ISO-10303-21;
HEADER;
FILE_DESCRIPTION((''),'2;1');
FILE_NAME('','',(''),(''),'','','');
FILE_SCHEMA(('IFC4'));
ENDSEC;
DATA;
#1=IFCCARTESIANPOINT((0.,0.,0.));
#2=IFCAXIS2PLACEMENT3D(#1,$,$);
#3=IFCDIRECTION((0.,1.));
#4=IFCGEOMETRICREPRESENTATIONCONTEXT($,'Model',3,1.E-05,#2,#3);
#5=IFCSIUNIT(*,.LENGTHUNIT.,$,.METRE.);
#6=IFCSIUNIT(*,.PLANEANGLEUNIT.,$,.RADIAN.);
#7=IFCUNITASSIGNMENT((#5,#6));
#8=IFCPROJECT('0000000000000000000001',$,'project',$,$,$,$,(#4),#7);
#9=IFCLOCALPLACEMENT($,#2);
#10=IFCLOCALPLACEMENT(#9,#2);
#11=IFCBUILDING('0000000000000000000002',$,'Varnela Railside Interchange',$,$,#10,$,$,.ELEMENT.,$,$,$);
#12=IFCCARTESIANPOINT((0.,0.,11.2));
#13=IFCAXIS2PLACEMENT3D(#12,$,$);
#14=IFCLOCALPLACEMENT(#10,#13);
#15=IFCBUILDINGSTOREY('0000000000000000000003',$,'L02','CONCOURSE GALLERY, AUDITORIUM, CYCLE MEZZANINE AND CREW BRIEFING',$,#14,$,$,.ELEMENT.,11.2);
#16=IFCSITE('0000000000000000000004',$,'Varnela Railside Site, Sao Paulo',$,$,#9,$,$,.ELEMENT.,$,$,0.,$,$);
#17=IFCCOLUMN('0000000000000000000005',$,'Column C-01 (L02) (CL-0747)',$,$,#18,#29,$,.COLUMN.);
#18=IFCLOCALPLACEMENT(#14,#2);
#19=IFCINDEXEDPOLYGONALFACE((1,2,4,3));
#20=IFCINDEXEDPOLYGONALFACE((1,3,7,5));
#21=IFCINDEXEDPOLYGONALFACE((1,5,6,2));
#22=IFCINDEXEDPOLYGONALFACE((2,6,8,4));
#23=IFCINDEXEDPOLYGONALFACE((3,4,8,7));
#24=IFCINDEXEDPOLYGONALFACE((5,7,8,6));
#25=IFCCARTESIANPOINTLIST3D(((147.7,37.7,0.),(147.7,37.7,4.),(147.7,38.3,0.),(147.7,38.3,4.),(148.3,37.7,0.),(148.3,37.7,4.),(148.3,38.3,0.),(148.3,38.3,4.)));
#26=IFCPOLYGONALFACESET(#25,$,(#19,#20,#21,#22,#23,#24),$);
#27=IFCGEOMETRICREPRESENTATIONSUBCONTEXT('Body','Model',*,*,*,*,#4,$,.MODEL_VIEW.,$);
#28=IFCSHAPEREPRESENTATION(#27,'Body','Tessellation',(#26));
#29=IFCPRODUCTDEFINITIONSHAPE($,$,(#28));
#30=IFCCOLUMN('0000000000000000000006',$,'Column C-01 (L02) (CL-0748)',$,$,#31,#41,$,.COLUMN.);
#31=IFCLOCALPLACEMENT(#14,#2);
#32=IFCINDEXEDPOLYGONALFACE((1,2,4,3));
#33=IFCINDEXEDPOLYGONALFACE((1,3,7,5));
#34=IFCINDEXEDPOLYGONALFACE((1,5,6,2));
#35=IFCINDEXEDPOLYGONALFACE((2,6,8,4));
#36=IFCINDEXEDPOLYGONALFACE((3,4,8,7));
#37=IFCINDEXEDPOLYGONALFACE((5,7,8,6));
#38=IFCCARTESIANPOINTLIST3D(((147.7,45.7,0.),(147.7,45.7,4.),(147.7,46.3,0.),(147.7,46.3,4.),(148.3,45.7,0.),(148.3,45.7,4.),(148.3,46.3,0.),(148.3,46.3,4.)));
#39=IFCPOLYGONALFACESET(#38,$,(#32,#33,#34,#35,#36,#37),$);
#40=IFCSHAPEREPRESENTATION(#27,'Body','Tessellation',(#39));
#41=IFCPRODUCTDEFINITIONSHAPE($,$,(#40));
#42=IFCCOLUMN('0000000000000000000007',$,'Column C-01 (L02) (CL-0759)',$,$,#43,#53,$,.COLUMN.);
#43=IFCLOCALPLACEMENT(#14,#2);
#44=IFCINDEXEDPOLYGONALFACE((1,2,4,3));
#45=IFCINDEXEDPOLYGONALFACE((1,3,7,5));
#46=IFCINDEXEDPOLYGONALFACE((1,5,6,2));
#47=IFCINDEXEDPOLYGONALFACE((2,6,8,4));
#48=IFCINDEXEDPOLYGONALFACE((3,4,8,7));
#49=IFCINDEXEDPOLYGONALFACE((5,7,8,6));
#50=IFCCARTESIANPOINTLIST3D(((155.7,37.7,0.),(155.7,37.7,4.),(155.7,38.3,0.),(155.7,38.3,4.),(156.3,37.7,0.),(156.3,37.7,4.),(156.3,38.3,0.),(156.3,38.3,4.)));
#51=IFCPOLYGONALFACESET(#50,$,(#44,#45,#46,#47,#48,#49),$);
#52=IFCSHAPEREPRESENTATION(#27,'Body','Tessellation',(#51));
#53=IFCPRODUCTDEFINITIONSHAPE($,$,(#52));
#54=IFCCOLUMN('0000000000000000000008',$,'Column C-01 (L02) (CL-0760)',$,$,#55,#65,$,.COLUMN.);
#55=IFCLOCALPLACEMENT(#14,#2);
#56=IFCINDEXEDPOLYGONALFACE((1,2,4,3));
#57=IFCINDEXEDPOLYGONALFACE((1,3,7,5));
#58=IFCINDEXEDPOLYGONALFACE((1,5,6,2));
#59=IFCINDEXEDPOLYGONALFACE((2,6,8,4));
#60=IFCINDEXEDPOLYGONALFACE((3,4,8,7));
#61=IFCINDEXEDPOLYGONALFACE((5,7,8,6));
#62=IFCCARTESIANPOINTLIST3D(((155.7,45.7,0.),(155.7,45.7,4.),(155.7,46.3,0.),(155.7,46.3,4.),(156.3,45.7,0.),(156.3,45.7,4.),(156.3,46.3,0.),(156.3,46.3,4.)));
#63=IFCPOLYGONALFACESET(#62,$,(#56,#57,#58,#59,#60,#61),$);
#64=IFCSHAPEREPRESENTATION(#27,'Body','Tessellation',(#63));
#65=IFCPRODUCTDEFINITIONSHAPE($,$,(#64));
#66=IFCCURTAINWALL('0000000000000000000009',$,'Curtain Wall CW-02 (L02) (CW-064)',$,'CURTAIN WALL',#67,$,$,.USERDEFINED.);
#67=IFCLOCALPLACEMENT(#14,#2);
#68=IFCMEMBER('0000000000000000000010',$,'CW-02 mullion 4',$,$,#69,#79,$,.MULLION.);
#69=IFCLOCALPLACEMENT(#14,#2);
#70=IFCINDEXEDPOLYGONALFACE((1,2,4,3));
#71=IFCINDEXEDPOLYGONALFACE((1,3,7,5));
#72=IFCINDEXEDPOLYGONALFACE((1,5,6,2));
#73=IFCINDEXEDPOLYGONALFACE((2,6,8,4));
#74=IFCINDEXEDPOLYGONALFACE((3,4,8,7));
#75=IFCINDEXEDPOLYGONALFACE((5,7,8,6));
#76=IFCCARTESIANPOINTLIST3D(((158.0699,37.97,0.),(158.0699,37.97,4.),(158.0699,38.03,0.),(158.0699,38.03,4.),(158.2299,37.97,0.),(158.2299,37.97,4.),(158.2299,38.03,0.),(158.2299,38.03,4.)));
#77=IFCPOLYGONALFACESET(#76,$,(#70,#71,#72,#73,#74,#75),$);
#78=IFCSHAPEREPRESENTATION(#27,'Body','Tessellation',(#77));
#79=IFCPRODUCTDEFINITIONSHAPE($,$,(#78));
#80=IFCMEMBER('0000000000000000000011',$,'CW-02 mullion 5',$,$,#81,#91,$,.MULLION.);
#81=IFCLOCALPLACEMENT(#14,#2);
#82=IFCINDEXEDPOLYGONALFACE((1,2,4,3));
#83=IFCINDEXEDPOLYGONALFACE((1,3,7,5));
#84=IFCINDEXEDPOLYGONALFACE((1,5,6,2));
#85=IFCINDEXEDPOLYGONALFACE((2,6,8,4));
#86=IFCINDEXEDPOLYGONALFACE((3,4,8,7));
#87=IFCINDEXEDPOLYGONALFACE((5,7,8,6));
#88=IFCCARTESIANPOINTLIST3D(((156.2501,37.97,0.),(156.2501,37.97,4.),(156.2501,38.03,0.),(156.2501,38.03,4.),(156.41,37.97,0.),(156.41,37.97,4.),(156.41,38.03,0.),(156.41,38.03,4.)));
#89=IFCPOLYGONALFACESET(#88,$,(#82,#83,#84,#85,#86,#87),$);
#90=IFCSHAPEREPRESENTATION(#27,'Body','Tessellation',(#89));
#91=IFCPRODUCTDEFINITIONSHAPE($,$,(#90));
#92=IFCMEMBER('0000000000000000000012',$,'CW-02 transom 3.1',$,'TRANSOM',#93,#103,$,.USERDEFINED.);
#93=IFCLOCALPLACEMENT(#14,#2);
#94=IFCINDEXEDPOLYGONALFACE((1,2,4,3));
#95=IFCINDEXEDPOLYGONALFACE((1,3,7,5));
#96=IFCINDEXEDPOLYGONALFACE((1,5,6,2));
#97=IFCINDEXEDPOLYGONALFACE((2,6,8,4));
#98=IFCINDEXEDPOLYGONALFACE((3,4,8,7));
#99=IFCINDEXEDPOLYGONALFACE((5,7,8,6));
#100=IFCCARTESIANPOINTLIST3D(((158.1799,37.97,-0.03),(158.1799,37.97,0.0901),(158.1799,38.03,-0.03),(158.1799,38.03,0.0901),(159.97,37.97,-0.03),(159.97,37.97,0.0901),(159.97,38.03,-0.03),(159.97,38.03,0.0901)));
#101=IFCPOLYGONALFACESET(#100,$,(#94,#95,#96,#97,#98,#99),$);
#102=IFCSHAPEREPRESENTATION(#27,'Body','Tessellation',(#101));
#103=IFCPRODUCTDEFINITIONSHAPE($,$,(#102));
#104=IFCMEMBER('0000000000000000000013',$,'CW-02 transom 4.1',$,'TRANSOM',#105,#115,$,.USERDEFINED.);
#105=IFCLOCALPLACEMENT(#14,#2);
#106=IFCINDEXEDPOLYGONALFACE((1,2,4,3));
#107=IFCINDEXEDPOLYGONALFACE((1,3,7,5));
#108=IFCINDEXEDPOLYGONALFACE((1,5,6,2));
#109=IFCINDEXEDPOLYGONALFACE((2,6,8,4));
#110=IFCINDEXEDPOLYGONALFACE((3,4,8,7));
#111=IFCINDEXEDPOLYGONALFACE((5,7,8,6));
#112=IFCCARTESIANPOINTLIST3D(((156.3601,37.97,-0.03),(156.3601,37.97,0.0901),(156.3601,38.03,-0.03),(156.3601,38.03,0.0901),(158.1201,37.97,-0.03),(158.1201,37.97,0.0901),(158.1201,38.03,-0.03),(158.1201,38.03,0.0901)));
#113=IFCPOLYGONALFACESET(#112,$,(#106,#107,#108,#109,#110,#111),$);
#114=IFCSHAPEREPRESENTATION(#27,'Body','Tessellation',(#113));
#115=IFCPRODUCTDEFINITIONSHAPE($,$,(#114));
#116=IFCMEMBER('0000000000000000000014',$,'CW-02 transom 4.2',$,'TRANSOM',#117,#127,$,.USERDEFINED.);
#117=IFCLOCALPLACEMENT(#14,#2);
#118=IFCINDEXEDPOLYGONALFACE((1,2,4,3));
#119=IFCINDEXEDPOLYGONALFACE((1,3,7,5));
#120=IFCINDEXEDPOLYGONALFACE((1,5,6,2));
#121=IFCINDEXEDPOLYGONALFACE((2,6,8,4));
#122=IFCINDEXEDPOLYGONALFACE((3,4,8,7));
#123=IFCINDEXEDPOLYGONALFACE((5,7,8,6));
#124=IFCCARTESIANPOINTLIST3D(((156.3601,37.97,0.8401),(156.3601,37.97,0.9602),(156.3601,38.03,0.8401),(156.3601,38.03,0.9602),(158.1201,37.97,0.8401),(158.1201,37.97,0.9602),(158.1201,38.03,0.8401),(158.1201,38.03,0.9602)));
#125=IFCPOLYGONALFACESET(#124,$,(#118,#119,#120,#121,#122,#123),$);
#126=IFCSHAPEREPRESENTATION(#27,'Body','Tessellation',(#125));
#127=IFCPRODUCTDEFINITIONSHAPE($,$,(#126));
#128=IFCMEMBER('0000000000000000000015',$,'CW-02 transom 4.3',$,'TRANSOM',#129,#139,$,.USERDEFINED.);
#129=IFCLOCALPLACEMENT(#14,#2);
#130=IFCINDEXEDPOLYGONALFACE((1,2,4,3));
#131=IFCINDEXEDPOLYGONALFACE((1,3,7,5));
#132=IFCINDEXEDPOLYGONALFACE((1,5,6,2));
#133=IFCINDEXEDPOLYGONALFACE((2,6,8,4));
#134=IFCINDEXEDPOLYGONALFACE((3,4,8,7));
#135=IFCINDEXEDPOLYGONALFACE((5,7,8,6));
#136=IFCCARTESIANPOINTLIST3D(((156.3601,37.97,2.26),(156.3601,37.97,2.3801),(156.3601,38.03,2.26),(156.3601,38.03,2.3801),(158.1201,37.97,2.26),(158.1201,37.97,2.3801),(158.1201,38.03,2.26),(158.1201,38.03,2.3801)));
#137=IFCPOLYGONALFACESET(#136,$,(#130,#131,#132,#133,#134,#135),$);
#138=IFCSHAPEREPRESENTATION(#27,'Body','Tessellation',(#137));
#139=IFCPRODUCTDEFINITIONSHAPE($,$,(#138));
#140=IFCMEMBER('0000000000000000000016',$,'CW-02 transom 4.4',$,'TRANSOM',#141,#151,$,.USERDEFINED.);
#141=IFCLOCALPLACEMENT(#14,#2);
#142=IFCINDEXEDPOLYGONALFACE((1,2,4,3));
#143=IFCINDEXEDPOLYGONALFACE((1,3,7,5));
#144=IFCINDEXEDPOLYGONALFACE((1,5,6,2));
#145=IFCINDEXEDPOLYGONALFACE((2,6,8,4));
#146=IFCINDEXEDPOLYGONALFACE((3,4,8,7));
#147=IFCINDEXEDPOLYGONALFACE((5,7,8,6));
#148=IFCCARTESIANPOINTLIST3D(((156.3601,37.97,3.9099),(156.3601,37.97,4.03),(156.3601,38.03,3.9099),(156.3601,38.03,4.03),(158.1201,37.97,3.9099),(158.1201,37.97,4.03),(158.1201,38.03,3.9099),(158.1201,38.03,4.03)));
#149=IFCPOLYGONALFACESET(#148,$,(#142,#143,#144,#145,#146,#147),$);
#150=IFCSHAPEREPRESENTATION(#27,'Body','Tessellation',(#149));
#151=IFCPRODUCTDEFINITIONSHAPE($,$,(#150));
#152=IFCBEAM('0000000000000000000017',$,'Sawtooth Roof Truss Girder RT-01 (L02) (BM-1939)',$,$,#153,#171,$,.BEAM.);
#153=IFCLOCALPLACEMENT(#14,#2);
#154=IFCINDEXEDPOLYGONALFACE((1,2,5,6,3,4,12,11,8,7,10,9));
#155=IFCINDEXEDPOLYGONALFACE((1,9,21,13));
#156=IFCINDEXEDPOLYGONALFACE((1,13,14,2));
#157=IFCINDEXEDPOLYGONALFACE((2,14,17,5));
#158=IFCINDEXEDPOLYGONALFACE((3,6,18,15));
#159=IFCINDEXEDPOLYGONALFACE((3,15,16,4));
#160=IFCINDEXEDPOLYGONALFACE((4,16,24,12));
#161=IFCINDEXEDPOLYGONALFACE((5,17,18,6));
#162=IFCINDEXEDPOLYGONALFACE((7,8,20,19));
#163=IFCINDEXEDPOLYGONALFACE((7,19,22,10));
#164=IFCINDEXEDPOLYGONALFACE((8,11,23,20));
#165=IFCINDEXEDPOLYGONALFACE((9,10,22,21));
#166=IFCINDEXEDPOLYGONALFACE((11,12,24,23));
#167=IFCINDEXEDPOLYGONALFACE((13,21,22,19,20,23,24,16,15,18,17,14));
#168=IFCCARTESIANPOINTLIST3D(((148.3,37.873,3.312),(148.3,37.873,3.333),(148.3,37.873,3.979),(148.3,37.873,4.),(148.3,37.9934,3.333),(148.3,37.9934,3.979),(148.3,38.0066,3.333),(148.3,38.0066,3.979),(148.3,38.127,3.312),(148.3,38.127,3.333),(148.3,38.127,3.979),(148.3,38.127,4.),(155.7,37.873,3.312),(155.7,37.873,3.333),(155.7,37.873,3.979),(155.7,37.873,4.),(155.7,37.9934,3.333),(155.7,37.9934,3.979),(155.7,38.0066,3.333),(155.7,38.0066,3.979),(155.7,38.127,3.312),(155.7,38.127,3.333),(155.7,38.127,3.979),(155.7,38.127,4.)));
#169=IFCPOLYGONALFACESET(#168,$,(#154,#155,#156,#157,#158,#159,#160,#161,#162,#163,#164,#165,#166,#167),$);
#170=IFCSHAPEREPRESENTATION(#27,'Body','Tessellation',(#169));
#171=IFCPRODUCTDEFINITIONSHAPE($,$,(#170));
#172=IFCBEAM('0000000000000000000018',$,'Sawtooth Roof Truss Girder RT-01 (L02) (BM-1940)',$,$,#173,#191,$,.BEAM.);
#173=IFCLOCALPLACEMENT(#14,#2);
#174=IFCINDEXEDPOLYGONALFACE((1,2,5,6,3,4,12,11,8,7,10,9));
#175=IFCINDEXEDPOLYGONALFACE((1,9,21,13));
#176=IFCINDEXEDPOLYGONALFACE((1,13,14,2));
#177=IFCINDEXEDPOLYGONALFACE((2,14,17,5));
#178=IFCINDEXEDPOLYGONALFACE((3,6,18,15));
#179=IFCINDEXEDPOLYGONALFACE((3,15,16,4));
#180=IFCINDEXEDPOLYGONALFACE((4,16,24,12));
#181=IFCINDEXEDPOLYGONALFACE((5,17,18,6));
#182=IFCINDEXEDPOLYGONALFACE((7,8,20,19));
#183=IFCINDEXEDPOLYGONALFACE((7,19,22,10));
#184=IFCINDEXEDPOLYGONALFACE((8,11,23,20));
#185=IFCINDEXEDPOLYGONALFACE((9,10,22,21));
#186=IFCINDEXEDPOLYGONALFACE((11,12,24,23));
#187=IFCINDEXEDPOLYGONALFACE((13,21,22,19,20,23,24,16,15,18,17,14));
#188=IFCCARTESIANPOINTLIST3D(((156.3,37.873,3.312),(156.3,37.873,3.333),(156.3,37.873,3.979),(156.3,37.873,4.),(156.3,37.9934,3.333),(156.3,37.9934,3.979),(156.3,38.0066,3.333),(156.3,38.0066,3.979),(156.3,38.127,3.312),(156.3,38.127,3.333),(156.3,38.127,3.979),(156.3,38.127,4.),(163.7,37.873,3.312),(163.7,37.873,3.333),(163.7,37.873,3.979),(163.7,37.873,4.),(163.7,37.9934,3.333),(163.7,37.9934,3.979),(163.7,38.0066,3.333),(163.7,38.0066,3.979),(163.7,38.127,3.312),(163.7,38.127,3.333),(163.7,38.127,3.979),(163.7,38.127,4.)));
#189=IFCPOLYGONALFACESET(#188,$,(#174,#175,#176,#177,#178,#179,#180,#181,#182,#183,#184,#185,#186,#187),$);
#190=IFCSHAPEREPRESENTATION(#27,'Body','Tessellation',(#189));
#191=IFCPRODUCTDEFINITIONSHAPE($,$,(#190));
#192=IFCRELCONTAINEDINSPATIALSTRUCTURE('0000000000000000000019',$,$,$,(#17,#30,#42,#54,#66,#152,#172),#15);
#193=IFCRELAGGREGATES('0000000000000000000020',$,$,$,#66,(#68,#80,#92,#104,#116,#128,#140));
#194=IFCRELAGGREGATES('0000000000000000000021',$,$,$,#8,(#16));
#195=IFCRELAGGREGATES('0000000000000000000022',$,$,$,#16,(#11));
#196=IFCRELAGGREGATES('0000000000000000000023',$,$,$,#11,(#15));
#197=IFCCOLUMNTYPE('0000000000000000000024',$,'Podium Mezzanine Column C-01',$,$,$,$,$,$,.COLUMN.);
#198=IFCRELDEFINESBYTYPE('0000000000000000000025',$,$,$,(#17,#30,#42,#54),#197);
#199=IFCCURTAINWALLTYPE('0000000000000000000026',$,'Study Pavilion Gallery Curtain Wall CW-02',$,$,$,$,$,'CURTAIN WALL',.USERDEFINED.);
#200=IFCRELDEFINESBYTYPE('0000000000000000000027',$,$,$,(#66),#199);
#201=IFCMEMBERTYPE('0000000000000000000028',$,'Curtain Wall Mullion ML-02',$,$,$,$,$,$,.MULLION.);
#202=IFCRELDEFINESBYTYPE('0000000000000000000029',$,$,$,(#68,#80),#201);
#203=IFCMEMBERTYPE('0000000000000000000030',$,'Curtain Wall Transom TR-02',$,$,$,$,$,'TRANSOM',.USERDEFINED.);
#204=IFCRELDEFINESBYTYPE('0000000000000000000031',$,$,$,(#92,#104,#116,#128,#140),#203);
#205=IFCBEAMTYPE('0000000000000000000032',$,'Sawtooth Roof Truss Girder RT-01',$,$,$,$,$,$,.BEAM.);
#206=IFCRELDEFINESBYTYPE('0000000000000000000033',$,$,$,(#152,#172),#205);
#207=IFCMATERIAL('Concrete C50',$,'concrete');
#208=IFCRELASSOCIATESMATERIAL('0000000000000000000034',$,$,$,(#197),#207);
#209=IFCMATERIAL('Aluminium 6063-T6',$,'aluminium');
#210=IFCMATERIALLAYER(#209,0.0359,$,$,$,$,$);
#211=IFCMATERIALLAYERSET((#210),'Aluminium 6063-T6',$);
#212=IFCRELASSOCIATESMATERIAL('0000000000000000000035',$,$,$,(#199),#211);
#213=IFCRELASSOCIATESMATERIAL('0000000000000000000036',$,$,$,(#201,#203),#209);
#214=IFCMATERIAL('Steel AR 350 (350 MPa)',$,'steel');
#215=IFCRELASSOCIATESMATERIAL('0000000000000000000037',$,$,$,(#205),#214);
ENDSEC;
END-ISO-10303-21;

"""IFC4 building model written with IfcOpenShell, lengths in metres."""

from ifc_helpers import new_model, si_unit, direction, frame, origin, origin_2d, place, context, subcontext, project, spatial, rectangle, i_section, extrude, material, layer, layer_set, material_profile, profile_set, type_object, element, aggregate, save


model = new_model("IFC4")

# Units and contexts
model_context = context("Model", 3, precision=1e-05, world=origin(), true_north=direction((0.0, 1.0)))
body_context = subcontext(model_context, "Body", "Model", "MODEL_VIEW")
ifc_project = project(units=[si_unit("LENGTHUNIT", "METRE"), si_unit("PLANEANGLEUNIT", "RADIAN")], contexts=[model_context])

# Site, building, storey
site_placement = place(None, origin())
site = spatial("IfcSite", under=ifc_project, at=site_placement, Name="Varnela Railside Site, Sao Paulo", CompositionType="ELEMENT", RefElevation=0.0)
building_placement = place(site_placement, origin())
building = spatial("IfcBuilding", under=site, at=building_placement, Name="Varnela Railside Interchange", CompositionType="ELEMENT")
storey_placement = place(building_placement, frame((0.0, 0.0, 11.2)))
storey = spatial("IfcBuildingStorey", under=building, at=storey_placement, Name="L02", Description="CONCOURSE GALLERY, AUDITORIUM, CYCLE MEZZANINE AND CREW BRIEFING", CompositionType="ELEMENT", Elevation=11.2)

# Columns
ifc_material_1 = material(Name="Concrete C50", Category="concrete")
ifc_material_profile_1 = material_profile(ifc_material_1, rectangle(XDim=0.6001, YDim=0.6001, at=origin_2d()), Name="RC 600x600")
ifc_profile_set_1 = profile_set([ifc_material_profile_1], Name="Concrete C50")
column_type = type_object("IfcColumnType", Name="Podium Mezzanine Column C-01", PredefinedType="COLUMN", material=ifc_profile_set_1)
for number, where, z_axis, x_axis, name in (
    (1, (148.0, 38.0, 0.0), (0.0, 0.0, 1.0), (1.0, 0.0, 0.0), "Column C-01 (L02) (CL-0747)"),
    (2, (148.0, 46.0, 0.0), (0.0, 0.0, 1.0), (1.0, 0.0, 0.0), "Column C-01 (L02) (CL-0748)"),
    (3, (156.0, 38.0, 0.0), (0.0, 0.0, 1.0), (1.0, 0.0, 0.0), "Column C-01 (L02) (CL-0759)"),
    (4, (156.0, 46.0, 0.0), (0.0, 0.0, 1.0), (1.0, 0.0, 0.0), "Column C-01 (L02) (CL-0760)"),
):
    element("IfcColumn", number, at=place(storey_placement, frame(where, z_axis=z_axis, x_axis=x_axis)), inside=storey, type_object=column_type, Name=name, PredefinedType="COLUMN", context=body_context, shape_type="SweptSolid", body=[
        extrude(rectangle(XDim=0.6001, YDim=0.6001, at=origin_2d()), origin(), (0.0, 0.0, 1.0), 4.0),
    ])

# Curtain wall, members
ifc_material_2 = material(Name="Aluminium 6063-T6", Category="aluminium")
ifc_layer_1 = layer(ifc_material_2, 0.0359)
ifc_layer_set_1 = layer_set([ifc_layer_1], Name="Aluminium 6063-T6")
curtain_wall_type = type_object("IfcCurtainWallType", Name="Study Pavilion Gallery Curtain Wall CW-02", ElementType="CURTAIN WALL", PredefinedType="USERDEFINED", material=ifc_layer_set_1)
curtain_wall_placement = place(storey_placement, origin())
curtain_wall = element("IfcCurtainWall", 5, at=curtain_wall_placement, inside=storey, type_object=curtain_wall_type, Name="Curtain Wall CW-02 (L02) (CW-064)", ObjectType="CURTAIN WALL", PredefinedType="USERDEFINED")
ifc_material_profile_2 = material_profile(ifc_material_2, rectangle(XDim=0.0601, YDim=0.1599, at=origin_2d()), Name="ALU 60x160")
ifc_profile_set_2 = profile_set([ifc_material_profile_2], Name="Aluminium 6063-T6")
member_type_1 = type_object("IfcMemberType", Name="Curtain Wall Mullion ML-02", PredefinedType="MULLION", material=ifc_profile_set_2)
member_1_placement = place(storey_placement, frame((158.1499, 38.0, 0.0), z_axis=(0.0, 0.0, 1.0), x_axis=(0.0, -1.0, 0.0)))
member_1 = element("IfcMember", 6, at=member_1_placement, type_object=member_type_1, Name="CW-02 mullion 4", PredefinedType="MULLION", context=body_context, shape_type="SweptSolid", body=[
    extrude(rectangle(XDim=0.0601, YDim=0.1599, at=origin_2d()), origin(), (0.0, 0.0, 1.0), 4.0),
])
member_2_placement = place(storey_placement, frame((156.3301, 38.0, 0.0), z_axis=(0.0, 0.0, 1.0), x_axis=(0.0, -1.0, 0.0)))
member_2 = element("IfcMember", 7, at=member_2_placement, type_object=member_type_1, Name="CW-02 mullion 5", PredefinedType="MULLION", context=body_context, shape_type="SweptSolid", body=[
    extrude(rectangle(XDim=0.0601, YDim=0.1599, at=origin_2d()), origin(), (0.0, 0.0, 1.0), 4.0),
])
ifc_material_profile_3 = material_profile(ifc_material_2, rectangle(XDim=0.0601, YDim=0.1201, at=origin_2d()), Name="ALU 60x120")
ifc_profile_set_3 = profile_set([ifc_material_profile_3], Name="Aluminium 6063-T6")
member_type_2 = type_object("IfcMemberType", Name="Curtain Wall Transom TR-02", ElementType="TRANSOM", PredefinedType="USERDEFINED", material=ifc_profile_set_3)
member_3_placement = place(storey_placement, frame((159.97, 38.0, 0.03), z_axis=(-1.0, 0.0, 0.0), x_axis=(0.0, -1.0, 0.0)))
member_3 = element("IfcMember", 8, at=member_3_placement, type_object=member_type_2, Name="CW-02 transom 3.1", ObjectType="TRANSOM", PredefinedType="USERDEFINED", context=body_context, shape_type="SweptSolid", body=[
    extrude(rectangle(XDim=0.0601, YDim=0.1201, at=origin_2d()), origin(), (0.0, 0.0, 1.0), 1.79),
])
member_4_placement = place(storey_placement, frame((158.1201, 38.0, 0.03), z_axis=(-1.0, 0.0, 0.0), x_axis=(0.0, -1.0, 0.0)))
member_4 = element("IfcMember", 9, at=member_4_placement, type_object=member_type_2, Name="CW-02 transom 4.1", ObjectType="TRANSOM", PredefinedType="USERDEFINED", context=body_context, shape_type="SweptSolid", body=[
    extrude(rectangle(XDim=0.0601, YDim=0.1201, at=origin_2d()), origin(), (0.0, 0.0, 1.0), 1.76),
])
member_5_placement = place(storey_placement, frame((158.1201, 38.0, 0.9001), z_axis=(-1.0, 0.0, 0.0), x_axis=(0.0, -1.0, 0.0)))
member_5 = element("IfcMember", 10, at=member_5_placement, type_object=member_type_2, Name="CW-02 transom 4.2", ObjectType="TRANSOM", PredefinedType="USERDEFINED", context=body_context, shape_type="SweptSolid", body=[
    extrude(rectangle(XDim=0.0601, YDim=0.1201, at=origin_2d()), origin(), (0.0, 0.0, 1.0), 1.76),
])
member_6_placement = place(storey_placement, frame((158.1201, 38.0, 2.3201), z_axis=(-1.0, 0.0, 0.0), x_axis=(0.0, -1.0, 0.0)))
member_6 = element("IfcMember", 11, at=member_6_placement, type_object=member_type_2, Name="CW-02 transom 4.3", ObjectType="TRANSOM", PredefinedType="USERDEFINED", context=body_context, shape_type="SweptSolid", body=[
    extrude(rectangle(XDim=0.0601, YDim=0.1201, at=origin_2d()), origin(), (0.0, 0.0, 1.0), 1.76),
])
member_7_placement = place(storey_placement, frame((158.1201, 38.0, 3.97), z_axis=(-1.0, 0.0, 0.0), x_axis=(0.0, -1.0, 0.0)))
member_7 = element("IfcMember", 12, at=member_7_placement, type_object=member_type_2, Name="CW-02 transom 4.4", ObjectType="TRANSOM", PredefinedType="USERDEFINED", context=body_context, shape_type="SweptSolid", body=[
    extrude(rectangle(XDim=0.0601, YDim=0.1201, at=origin_2d()), origin(), (0.0, 0.0, 1.0), 1.76),
])

# Beams
ifc_material_3 = material(Name="Steel AR 350 (350 MPa)", Category="steel")
ifc_material_profile_4 = material_profile(ifc_material_3, i_section(OverallWidth=0.2539, OverallDepth=0.688, WebThickness=0.0132, FlangeThickness=0.021, at=origin_2d()), Name="W690x152")
ifc_profile_set_4 = profile_set([ifc_material_profile_4], Name="Steel AR 350 (350 MPa)")
beam_type = type_object("IfcBeamType", Name="Sawtooth Roof Truss Girder RT-01", PredefinedType="BEAM", material=ifc_profile_set_4)
for number, where, z_axis, x_axis, name in (
    (13, (148.3, 38.0, 3.656), (1.0, 0.0, 0.0), (0.0, 1.0, 0.0), "Sawtooth Roof Truss Girder RT-01 (L02) (BM-1939)"),
    (14, (156.3, 38.0, 3.656), (1.0, 0.0, 0.0), (0.0, 1.0, 0.0), "Sawtooth Roof Truss Girder RT-01 (L02) (BM-1940)"),
):
    element("IfcBeam", number, at=place(storey_placement, frame(where, z_axis=z_axis, x_axis=x_axis)), inside=storey, type_object=beam_type, Name=name, PredefinedType="BEAM", context=body_context, shape_type="SweptSolid", body=[
        extrude(i_section(OverallWidth=0.2539, OverallDepth=0.688, WebThickness=0.0132, FlangeThickness=0.021, at=origin_2d()), origin(), (0.0, 0.0, 1.0), 7.3999),
    ])

aggregate(curtain_wall, [member_1, member_2, member_3, member_4, member_5, member_6, member_7])

save(model, "model.ifc")
